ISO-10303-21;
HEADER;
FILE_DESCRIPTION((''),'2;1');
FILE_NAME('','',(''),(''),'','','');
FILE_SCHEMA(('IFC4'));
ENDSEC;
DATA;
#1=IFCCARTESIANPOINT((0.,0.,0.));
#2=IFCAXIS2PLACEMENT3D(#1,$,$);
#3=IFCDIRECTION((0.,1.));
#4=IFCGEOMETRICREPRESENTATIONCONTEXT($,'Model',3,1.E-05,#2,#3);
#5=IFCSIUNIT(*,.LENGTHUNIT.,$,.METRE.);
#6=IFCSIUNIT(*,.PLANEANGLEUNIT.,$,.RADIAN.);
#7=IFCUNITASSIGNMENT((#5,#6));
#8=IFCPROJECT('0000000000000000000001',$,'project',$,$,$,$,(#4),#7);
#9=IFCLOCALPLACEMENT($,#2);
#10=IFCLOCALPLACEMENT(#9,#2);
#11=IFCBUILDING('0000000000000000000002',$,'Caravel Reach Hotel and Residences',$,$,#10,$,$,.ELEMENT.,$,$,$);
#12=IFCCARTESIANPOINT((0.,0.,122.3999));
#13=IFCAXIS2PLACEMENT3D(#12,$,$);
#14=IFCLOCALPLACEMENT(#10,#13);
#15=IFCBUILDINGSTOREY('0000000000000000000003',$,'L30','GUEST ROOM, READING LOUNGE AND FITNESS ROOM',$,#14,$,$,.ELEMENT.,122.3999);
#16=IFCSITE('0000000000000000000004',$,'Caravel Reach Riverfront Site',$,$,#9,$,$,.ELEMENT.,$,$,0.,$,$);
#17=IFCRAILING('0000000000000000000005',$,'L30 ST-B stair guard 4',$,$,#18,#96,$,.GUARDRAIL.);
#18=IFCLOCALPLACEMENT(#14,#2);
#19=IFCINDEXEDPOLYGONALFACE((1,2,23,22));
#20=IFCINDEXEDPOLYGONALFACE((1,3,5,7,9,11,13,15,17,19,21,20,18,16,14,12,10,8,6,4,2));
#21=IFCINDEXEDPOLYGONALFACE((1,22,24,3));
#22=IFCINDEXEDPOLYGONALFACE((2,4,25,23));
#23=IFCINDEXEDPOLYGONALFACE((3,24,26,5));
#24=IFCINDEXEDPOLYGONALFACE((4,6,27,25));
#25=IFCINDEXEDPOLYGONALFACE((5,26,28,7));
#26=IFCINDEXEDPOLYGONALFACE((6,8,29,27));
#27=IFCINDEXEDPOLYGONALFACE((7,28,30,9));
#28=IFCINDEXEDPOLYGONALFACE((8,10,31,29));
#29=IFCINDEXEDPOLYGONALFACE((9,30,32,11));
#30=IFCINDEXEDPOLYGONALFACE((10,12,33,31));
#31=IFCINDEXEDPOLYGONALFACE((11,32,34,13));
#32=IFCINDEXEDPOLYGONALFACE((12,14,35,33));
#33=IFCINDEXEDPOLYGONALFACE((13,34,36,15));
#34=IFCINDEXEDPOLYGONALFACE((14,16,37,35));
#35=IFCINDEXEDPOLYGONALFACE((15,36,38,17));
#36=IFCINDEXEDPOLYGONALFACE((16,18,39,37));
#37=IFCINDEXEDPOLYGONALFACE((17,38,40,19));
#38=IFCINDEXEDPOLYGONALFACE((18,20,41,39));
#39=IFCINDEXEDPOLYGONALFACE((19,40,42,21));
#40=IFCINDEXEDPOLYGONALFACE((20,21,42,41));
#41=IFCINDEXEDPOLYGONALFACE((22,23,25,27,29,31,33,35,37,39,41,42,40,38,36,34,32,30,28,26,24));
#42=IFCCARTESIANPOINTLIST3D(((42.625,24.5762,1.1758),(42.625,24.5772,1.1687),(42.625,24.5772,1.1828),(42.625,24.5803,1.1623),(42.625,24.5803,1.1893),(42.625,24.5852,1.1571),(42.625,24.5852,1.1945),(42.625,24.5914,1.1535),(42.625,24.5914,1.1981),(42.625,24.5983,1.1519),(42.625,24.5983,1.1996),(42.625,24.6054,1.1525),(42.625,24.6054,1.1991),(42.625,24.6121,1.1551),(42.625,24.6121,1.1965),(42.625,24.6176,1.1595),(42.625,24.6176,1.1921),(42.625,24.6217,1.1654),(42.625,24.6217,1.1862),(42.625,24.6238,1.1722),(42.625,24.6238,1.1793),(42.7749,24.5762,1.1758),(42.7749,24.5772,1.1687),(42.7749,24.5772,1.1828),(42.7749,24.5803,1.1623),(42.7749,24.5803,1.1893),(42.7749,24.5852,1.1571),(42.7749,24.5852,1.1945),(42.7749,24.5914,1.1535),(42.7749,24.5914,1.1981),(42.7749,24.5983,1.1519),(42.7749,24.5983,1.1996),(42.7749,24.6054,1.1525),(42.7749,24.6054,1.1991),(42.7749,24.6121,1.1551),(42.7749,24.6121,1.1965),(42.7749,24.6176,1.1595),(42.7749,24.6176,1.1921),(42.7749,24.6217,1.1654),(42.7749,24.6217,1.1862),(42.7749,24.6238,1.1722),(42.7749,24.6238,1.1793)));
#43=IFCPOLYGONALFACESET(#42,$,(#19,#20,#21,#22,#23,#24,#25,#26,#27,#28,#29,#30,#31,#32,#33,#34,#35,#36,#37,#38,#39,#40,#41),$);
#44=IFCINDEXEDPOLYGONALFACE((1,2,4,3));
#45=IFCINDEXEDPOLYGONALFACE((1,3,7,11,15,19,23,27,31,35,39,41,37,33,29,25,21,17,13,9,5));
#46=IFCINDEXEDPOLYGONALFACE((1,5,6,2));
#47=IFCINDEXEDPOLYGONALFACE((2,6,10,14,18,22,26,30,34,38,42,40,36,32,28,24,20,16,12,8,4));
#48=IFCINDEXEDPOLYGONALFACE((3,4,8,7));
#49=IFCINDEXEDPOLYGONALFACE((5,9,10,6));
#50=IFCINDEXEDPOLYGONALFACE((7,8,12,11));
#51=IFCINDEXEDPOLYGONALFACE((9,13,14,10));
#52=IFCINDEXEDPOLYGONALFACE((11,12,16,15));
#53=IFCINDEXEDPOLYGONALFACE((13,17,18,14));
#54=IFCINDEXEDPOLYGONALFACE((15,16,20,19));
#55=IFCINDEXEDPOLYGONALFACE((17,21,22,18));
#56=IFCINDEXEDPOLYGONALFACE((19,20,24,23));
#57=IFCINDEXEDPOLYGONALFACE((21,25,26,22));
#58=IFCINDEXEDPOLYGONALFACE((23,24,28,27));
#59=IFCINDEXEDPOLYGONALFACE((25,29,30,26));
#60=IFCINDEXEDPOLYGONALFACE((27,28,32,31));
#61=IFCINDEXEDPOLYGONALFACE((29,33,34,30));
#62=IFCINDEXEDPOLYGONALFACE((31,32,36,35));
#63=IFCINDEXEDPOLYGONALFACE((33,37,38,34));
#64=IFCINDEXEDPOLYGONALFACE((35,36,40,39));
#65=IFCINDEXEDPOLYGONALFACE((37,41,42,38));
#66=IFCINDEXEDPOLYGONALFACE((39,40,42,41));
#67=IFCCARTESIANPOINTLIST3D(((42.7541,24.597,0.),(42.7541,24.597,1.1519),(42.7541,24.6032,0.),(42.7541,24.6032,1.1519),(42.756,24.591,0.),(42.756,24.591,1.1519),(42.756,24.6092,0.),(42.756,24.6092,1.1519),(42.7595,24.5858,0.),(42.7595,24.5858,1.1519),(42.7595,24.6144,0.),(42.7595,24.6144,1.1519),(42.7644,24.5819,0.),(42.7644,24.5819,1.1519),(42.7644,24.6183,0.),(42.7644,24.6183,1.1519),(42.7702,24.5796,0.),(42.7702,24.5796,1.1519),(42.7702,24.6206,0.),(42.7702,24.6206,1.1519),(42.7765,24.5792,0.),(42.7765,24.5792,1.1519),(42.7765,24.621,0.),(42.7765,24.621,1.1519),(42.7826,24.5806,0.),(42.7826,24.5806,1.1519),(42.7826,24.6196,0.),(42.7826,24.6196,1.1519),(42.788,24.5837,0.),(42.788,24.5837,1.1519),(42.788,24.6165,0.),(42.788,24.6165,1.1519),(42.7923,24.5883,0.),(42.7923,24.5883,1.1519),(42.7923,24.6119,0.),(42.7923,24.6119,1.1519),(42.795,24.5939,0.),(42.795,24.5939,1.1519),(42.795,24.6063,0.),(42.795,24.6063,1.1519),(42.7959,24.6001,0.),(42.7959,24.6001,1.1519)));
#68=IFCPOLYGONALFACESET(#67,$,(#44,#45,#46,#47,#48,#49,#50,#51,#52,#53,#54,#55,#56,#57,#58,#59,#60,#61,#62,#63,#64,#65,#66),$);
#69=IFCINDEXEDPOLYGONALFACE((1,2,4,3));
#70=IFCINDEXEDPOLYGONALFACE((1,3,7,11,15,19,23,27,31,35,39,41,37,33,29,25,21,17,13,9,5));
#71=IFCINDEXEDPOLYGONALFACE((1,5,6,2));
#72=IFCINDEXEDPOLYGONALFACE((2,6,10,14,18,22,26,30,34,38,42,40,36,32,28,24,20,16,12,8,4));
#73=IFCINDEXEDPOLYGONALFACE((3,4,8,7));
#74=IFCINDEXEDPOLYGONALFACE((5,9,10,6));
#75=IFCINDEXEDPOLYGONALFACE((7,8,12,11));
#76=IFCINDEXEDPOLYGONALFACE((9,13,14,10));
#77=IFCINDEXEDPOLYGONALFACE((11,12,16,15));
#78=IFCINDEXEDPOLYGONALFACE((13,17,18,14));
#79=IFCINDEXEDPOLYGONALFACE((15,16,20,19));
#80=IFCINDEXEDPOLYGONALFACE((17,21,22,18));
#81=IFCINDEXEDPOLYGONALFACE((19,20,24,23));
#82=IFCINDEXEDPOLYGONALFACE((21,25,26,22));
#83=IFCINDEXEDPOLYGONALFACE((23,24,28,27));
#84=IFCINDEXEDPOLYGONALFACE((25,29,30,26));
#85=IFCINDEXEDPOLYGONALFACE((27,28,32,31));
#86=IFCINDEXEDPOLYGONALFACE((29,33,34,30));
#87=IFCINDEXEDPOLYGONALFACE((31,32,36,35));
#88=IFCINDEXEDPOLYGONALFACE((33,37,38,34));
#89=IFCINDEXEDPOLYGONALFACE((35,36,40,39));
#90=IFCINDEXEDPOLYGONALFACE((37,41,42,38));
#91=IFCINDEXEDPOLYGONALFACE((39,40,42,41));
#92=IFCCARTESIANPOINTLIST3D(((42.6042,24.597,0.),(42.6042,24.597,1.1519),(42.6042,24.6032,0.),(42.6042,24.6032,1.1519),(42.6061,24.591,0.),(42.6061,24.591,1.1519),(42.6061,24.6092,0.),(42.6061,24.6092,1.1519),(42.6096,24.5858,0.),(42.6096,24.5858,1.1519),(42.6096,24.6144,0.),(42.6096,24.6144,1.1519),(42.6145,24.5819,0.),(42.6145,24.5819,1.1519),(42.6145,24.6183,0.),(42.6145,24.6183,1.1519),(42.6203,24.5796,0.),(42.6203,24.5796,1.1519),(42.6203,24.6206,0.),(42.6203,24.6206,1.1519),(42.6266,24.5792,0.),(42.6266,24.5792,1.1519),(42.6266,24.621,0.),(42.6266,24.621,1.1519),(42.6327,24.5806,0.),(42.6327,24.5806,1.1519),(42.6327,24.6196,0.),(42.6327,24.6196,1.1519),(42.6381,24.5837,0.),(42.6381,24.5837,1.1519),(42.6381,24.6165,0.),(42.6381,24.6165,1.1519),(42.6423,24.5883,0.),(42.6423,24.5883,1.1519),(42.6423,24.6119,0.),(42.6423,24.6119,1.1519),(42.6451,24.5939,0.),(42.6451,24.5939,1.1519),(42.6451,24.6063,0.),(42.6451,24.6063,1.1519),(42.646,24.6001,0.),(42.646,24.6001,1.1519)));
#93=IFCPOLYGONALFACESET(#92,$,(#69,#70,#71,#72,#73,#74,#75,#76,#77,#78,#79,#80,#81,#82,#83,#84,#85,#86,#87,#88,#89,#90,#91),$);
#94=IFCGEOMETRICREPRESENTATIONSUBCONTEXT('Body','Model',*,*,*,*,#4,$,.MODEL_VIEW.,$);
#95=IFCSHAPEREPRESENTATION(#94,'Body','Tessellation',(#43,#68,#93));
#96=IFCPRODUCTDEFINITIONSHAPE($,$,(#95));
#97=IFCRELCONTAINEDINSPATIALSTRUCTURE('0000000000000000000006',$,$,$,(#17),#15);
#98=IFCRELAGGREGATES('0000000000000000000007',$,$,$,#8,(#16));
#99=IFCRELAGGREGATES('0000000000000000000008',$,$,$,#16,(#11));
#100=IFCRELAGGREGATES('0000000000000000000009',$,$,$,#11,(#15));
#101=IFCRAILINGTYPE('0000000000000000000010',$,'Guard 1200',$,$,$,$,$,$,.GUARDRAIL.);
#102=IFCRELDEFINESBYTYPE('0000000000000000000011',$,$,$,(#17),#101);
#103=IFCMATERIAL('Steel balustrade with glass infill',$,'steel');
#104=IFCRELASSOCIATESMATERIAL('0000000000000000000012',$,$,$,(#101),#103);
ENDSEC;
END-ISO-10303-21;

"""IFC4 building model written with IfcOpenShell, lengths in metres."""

from ifc_helpers import new_model, si_unit, direction, frame, origin, origin_2d, place, context, subcontext, project, spatial, circle, extrude, material, type_object, element, save


model = new_model("IFC4")

# Units and contexts
model_context = context("Model", 3, precision=1e-05, world=origin(), true_north=direction((0.0, 1.0)))
body_context = subcontext(model_context, "Body", "Model", "MODEL_VIEW")
ifc_project = project(units=[si_unit("LENGTHUNIT", "METRE"), si_unit("PLANEANGLEUNIT", "RADIAN")], contexts=[model_context])

# Site, building, storey
site_placement = place(None, origin())
site = spatial("IfcSite", under=ifc_project, at=site_placement, Name="Caravel Reach Riverfront Site", CompositionType="ELEMENT", RefElevation=0.0)
building_placement = place(site_placement, origin())
building = spatial("IfcBuilding", under=site, at=building_placement, Name="Caravel Reach Hotel and Residences", CompositionType="ELEMENT")
storey_placement = place(building_placement, frame((0.0, 0.0, 122.3999)))
storey = spatial("IfcBuildingStorey", under=building, at=storey_placement, Name="L30", Description="GUEST ROOM, READING LOUNGE AND FITNESS ROOM", CompositionType="ELEMENT", Elevation=122.3999)

# Railing
ifc_material_1 = material(Name="Steel balustrade with glass infill", Category="steel")
railing_type_1 = type_object("IfcRailingType", Name="Guard 1200", PredefinedType="GUARDRAIL", material=ifc_material_1)
railing_1_placement = place(storey_placement, frame((42.7749, 24.6001, 0.0)))
element("IfcRailing", 1, at=railing_1_placement, inside=storey, type_object=railing_type_1, Name="L30 ST-B stair guard 4", PredefinedType="GUARDRAIL", context=body_context, shape_type="SweptSolid", body=[
    extrude(circle(Radius=0.0239, at=origin_2d()), frame((0.0, 0.0, 1.1758), z_axis=(-1.0, 0.0, 0.0), x_axis=(0.0, -1.0, 0.0)), (0.0, 0.0, 1.0), 0.1499),
    extrude(circle(Radius=0.021, at=origin_2d()), origin(), (0.0, 0.0, 1.0), 1.1519),
    extrude(circle(Radius=0.021, at=origin_2d()), frame((-0.1499, 0.0, 0.0)), (0.0, 0.0, 1.0), 1.1519),
])

save(model, "model.ifc")
